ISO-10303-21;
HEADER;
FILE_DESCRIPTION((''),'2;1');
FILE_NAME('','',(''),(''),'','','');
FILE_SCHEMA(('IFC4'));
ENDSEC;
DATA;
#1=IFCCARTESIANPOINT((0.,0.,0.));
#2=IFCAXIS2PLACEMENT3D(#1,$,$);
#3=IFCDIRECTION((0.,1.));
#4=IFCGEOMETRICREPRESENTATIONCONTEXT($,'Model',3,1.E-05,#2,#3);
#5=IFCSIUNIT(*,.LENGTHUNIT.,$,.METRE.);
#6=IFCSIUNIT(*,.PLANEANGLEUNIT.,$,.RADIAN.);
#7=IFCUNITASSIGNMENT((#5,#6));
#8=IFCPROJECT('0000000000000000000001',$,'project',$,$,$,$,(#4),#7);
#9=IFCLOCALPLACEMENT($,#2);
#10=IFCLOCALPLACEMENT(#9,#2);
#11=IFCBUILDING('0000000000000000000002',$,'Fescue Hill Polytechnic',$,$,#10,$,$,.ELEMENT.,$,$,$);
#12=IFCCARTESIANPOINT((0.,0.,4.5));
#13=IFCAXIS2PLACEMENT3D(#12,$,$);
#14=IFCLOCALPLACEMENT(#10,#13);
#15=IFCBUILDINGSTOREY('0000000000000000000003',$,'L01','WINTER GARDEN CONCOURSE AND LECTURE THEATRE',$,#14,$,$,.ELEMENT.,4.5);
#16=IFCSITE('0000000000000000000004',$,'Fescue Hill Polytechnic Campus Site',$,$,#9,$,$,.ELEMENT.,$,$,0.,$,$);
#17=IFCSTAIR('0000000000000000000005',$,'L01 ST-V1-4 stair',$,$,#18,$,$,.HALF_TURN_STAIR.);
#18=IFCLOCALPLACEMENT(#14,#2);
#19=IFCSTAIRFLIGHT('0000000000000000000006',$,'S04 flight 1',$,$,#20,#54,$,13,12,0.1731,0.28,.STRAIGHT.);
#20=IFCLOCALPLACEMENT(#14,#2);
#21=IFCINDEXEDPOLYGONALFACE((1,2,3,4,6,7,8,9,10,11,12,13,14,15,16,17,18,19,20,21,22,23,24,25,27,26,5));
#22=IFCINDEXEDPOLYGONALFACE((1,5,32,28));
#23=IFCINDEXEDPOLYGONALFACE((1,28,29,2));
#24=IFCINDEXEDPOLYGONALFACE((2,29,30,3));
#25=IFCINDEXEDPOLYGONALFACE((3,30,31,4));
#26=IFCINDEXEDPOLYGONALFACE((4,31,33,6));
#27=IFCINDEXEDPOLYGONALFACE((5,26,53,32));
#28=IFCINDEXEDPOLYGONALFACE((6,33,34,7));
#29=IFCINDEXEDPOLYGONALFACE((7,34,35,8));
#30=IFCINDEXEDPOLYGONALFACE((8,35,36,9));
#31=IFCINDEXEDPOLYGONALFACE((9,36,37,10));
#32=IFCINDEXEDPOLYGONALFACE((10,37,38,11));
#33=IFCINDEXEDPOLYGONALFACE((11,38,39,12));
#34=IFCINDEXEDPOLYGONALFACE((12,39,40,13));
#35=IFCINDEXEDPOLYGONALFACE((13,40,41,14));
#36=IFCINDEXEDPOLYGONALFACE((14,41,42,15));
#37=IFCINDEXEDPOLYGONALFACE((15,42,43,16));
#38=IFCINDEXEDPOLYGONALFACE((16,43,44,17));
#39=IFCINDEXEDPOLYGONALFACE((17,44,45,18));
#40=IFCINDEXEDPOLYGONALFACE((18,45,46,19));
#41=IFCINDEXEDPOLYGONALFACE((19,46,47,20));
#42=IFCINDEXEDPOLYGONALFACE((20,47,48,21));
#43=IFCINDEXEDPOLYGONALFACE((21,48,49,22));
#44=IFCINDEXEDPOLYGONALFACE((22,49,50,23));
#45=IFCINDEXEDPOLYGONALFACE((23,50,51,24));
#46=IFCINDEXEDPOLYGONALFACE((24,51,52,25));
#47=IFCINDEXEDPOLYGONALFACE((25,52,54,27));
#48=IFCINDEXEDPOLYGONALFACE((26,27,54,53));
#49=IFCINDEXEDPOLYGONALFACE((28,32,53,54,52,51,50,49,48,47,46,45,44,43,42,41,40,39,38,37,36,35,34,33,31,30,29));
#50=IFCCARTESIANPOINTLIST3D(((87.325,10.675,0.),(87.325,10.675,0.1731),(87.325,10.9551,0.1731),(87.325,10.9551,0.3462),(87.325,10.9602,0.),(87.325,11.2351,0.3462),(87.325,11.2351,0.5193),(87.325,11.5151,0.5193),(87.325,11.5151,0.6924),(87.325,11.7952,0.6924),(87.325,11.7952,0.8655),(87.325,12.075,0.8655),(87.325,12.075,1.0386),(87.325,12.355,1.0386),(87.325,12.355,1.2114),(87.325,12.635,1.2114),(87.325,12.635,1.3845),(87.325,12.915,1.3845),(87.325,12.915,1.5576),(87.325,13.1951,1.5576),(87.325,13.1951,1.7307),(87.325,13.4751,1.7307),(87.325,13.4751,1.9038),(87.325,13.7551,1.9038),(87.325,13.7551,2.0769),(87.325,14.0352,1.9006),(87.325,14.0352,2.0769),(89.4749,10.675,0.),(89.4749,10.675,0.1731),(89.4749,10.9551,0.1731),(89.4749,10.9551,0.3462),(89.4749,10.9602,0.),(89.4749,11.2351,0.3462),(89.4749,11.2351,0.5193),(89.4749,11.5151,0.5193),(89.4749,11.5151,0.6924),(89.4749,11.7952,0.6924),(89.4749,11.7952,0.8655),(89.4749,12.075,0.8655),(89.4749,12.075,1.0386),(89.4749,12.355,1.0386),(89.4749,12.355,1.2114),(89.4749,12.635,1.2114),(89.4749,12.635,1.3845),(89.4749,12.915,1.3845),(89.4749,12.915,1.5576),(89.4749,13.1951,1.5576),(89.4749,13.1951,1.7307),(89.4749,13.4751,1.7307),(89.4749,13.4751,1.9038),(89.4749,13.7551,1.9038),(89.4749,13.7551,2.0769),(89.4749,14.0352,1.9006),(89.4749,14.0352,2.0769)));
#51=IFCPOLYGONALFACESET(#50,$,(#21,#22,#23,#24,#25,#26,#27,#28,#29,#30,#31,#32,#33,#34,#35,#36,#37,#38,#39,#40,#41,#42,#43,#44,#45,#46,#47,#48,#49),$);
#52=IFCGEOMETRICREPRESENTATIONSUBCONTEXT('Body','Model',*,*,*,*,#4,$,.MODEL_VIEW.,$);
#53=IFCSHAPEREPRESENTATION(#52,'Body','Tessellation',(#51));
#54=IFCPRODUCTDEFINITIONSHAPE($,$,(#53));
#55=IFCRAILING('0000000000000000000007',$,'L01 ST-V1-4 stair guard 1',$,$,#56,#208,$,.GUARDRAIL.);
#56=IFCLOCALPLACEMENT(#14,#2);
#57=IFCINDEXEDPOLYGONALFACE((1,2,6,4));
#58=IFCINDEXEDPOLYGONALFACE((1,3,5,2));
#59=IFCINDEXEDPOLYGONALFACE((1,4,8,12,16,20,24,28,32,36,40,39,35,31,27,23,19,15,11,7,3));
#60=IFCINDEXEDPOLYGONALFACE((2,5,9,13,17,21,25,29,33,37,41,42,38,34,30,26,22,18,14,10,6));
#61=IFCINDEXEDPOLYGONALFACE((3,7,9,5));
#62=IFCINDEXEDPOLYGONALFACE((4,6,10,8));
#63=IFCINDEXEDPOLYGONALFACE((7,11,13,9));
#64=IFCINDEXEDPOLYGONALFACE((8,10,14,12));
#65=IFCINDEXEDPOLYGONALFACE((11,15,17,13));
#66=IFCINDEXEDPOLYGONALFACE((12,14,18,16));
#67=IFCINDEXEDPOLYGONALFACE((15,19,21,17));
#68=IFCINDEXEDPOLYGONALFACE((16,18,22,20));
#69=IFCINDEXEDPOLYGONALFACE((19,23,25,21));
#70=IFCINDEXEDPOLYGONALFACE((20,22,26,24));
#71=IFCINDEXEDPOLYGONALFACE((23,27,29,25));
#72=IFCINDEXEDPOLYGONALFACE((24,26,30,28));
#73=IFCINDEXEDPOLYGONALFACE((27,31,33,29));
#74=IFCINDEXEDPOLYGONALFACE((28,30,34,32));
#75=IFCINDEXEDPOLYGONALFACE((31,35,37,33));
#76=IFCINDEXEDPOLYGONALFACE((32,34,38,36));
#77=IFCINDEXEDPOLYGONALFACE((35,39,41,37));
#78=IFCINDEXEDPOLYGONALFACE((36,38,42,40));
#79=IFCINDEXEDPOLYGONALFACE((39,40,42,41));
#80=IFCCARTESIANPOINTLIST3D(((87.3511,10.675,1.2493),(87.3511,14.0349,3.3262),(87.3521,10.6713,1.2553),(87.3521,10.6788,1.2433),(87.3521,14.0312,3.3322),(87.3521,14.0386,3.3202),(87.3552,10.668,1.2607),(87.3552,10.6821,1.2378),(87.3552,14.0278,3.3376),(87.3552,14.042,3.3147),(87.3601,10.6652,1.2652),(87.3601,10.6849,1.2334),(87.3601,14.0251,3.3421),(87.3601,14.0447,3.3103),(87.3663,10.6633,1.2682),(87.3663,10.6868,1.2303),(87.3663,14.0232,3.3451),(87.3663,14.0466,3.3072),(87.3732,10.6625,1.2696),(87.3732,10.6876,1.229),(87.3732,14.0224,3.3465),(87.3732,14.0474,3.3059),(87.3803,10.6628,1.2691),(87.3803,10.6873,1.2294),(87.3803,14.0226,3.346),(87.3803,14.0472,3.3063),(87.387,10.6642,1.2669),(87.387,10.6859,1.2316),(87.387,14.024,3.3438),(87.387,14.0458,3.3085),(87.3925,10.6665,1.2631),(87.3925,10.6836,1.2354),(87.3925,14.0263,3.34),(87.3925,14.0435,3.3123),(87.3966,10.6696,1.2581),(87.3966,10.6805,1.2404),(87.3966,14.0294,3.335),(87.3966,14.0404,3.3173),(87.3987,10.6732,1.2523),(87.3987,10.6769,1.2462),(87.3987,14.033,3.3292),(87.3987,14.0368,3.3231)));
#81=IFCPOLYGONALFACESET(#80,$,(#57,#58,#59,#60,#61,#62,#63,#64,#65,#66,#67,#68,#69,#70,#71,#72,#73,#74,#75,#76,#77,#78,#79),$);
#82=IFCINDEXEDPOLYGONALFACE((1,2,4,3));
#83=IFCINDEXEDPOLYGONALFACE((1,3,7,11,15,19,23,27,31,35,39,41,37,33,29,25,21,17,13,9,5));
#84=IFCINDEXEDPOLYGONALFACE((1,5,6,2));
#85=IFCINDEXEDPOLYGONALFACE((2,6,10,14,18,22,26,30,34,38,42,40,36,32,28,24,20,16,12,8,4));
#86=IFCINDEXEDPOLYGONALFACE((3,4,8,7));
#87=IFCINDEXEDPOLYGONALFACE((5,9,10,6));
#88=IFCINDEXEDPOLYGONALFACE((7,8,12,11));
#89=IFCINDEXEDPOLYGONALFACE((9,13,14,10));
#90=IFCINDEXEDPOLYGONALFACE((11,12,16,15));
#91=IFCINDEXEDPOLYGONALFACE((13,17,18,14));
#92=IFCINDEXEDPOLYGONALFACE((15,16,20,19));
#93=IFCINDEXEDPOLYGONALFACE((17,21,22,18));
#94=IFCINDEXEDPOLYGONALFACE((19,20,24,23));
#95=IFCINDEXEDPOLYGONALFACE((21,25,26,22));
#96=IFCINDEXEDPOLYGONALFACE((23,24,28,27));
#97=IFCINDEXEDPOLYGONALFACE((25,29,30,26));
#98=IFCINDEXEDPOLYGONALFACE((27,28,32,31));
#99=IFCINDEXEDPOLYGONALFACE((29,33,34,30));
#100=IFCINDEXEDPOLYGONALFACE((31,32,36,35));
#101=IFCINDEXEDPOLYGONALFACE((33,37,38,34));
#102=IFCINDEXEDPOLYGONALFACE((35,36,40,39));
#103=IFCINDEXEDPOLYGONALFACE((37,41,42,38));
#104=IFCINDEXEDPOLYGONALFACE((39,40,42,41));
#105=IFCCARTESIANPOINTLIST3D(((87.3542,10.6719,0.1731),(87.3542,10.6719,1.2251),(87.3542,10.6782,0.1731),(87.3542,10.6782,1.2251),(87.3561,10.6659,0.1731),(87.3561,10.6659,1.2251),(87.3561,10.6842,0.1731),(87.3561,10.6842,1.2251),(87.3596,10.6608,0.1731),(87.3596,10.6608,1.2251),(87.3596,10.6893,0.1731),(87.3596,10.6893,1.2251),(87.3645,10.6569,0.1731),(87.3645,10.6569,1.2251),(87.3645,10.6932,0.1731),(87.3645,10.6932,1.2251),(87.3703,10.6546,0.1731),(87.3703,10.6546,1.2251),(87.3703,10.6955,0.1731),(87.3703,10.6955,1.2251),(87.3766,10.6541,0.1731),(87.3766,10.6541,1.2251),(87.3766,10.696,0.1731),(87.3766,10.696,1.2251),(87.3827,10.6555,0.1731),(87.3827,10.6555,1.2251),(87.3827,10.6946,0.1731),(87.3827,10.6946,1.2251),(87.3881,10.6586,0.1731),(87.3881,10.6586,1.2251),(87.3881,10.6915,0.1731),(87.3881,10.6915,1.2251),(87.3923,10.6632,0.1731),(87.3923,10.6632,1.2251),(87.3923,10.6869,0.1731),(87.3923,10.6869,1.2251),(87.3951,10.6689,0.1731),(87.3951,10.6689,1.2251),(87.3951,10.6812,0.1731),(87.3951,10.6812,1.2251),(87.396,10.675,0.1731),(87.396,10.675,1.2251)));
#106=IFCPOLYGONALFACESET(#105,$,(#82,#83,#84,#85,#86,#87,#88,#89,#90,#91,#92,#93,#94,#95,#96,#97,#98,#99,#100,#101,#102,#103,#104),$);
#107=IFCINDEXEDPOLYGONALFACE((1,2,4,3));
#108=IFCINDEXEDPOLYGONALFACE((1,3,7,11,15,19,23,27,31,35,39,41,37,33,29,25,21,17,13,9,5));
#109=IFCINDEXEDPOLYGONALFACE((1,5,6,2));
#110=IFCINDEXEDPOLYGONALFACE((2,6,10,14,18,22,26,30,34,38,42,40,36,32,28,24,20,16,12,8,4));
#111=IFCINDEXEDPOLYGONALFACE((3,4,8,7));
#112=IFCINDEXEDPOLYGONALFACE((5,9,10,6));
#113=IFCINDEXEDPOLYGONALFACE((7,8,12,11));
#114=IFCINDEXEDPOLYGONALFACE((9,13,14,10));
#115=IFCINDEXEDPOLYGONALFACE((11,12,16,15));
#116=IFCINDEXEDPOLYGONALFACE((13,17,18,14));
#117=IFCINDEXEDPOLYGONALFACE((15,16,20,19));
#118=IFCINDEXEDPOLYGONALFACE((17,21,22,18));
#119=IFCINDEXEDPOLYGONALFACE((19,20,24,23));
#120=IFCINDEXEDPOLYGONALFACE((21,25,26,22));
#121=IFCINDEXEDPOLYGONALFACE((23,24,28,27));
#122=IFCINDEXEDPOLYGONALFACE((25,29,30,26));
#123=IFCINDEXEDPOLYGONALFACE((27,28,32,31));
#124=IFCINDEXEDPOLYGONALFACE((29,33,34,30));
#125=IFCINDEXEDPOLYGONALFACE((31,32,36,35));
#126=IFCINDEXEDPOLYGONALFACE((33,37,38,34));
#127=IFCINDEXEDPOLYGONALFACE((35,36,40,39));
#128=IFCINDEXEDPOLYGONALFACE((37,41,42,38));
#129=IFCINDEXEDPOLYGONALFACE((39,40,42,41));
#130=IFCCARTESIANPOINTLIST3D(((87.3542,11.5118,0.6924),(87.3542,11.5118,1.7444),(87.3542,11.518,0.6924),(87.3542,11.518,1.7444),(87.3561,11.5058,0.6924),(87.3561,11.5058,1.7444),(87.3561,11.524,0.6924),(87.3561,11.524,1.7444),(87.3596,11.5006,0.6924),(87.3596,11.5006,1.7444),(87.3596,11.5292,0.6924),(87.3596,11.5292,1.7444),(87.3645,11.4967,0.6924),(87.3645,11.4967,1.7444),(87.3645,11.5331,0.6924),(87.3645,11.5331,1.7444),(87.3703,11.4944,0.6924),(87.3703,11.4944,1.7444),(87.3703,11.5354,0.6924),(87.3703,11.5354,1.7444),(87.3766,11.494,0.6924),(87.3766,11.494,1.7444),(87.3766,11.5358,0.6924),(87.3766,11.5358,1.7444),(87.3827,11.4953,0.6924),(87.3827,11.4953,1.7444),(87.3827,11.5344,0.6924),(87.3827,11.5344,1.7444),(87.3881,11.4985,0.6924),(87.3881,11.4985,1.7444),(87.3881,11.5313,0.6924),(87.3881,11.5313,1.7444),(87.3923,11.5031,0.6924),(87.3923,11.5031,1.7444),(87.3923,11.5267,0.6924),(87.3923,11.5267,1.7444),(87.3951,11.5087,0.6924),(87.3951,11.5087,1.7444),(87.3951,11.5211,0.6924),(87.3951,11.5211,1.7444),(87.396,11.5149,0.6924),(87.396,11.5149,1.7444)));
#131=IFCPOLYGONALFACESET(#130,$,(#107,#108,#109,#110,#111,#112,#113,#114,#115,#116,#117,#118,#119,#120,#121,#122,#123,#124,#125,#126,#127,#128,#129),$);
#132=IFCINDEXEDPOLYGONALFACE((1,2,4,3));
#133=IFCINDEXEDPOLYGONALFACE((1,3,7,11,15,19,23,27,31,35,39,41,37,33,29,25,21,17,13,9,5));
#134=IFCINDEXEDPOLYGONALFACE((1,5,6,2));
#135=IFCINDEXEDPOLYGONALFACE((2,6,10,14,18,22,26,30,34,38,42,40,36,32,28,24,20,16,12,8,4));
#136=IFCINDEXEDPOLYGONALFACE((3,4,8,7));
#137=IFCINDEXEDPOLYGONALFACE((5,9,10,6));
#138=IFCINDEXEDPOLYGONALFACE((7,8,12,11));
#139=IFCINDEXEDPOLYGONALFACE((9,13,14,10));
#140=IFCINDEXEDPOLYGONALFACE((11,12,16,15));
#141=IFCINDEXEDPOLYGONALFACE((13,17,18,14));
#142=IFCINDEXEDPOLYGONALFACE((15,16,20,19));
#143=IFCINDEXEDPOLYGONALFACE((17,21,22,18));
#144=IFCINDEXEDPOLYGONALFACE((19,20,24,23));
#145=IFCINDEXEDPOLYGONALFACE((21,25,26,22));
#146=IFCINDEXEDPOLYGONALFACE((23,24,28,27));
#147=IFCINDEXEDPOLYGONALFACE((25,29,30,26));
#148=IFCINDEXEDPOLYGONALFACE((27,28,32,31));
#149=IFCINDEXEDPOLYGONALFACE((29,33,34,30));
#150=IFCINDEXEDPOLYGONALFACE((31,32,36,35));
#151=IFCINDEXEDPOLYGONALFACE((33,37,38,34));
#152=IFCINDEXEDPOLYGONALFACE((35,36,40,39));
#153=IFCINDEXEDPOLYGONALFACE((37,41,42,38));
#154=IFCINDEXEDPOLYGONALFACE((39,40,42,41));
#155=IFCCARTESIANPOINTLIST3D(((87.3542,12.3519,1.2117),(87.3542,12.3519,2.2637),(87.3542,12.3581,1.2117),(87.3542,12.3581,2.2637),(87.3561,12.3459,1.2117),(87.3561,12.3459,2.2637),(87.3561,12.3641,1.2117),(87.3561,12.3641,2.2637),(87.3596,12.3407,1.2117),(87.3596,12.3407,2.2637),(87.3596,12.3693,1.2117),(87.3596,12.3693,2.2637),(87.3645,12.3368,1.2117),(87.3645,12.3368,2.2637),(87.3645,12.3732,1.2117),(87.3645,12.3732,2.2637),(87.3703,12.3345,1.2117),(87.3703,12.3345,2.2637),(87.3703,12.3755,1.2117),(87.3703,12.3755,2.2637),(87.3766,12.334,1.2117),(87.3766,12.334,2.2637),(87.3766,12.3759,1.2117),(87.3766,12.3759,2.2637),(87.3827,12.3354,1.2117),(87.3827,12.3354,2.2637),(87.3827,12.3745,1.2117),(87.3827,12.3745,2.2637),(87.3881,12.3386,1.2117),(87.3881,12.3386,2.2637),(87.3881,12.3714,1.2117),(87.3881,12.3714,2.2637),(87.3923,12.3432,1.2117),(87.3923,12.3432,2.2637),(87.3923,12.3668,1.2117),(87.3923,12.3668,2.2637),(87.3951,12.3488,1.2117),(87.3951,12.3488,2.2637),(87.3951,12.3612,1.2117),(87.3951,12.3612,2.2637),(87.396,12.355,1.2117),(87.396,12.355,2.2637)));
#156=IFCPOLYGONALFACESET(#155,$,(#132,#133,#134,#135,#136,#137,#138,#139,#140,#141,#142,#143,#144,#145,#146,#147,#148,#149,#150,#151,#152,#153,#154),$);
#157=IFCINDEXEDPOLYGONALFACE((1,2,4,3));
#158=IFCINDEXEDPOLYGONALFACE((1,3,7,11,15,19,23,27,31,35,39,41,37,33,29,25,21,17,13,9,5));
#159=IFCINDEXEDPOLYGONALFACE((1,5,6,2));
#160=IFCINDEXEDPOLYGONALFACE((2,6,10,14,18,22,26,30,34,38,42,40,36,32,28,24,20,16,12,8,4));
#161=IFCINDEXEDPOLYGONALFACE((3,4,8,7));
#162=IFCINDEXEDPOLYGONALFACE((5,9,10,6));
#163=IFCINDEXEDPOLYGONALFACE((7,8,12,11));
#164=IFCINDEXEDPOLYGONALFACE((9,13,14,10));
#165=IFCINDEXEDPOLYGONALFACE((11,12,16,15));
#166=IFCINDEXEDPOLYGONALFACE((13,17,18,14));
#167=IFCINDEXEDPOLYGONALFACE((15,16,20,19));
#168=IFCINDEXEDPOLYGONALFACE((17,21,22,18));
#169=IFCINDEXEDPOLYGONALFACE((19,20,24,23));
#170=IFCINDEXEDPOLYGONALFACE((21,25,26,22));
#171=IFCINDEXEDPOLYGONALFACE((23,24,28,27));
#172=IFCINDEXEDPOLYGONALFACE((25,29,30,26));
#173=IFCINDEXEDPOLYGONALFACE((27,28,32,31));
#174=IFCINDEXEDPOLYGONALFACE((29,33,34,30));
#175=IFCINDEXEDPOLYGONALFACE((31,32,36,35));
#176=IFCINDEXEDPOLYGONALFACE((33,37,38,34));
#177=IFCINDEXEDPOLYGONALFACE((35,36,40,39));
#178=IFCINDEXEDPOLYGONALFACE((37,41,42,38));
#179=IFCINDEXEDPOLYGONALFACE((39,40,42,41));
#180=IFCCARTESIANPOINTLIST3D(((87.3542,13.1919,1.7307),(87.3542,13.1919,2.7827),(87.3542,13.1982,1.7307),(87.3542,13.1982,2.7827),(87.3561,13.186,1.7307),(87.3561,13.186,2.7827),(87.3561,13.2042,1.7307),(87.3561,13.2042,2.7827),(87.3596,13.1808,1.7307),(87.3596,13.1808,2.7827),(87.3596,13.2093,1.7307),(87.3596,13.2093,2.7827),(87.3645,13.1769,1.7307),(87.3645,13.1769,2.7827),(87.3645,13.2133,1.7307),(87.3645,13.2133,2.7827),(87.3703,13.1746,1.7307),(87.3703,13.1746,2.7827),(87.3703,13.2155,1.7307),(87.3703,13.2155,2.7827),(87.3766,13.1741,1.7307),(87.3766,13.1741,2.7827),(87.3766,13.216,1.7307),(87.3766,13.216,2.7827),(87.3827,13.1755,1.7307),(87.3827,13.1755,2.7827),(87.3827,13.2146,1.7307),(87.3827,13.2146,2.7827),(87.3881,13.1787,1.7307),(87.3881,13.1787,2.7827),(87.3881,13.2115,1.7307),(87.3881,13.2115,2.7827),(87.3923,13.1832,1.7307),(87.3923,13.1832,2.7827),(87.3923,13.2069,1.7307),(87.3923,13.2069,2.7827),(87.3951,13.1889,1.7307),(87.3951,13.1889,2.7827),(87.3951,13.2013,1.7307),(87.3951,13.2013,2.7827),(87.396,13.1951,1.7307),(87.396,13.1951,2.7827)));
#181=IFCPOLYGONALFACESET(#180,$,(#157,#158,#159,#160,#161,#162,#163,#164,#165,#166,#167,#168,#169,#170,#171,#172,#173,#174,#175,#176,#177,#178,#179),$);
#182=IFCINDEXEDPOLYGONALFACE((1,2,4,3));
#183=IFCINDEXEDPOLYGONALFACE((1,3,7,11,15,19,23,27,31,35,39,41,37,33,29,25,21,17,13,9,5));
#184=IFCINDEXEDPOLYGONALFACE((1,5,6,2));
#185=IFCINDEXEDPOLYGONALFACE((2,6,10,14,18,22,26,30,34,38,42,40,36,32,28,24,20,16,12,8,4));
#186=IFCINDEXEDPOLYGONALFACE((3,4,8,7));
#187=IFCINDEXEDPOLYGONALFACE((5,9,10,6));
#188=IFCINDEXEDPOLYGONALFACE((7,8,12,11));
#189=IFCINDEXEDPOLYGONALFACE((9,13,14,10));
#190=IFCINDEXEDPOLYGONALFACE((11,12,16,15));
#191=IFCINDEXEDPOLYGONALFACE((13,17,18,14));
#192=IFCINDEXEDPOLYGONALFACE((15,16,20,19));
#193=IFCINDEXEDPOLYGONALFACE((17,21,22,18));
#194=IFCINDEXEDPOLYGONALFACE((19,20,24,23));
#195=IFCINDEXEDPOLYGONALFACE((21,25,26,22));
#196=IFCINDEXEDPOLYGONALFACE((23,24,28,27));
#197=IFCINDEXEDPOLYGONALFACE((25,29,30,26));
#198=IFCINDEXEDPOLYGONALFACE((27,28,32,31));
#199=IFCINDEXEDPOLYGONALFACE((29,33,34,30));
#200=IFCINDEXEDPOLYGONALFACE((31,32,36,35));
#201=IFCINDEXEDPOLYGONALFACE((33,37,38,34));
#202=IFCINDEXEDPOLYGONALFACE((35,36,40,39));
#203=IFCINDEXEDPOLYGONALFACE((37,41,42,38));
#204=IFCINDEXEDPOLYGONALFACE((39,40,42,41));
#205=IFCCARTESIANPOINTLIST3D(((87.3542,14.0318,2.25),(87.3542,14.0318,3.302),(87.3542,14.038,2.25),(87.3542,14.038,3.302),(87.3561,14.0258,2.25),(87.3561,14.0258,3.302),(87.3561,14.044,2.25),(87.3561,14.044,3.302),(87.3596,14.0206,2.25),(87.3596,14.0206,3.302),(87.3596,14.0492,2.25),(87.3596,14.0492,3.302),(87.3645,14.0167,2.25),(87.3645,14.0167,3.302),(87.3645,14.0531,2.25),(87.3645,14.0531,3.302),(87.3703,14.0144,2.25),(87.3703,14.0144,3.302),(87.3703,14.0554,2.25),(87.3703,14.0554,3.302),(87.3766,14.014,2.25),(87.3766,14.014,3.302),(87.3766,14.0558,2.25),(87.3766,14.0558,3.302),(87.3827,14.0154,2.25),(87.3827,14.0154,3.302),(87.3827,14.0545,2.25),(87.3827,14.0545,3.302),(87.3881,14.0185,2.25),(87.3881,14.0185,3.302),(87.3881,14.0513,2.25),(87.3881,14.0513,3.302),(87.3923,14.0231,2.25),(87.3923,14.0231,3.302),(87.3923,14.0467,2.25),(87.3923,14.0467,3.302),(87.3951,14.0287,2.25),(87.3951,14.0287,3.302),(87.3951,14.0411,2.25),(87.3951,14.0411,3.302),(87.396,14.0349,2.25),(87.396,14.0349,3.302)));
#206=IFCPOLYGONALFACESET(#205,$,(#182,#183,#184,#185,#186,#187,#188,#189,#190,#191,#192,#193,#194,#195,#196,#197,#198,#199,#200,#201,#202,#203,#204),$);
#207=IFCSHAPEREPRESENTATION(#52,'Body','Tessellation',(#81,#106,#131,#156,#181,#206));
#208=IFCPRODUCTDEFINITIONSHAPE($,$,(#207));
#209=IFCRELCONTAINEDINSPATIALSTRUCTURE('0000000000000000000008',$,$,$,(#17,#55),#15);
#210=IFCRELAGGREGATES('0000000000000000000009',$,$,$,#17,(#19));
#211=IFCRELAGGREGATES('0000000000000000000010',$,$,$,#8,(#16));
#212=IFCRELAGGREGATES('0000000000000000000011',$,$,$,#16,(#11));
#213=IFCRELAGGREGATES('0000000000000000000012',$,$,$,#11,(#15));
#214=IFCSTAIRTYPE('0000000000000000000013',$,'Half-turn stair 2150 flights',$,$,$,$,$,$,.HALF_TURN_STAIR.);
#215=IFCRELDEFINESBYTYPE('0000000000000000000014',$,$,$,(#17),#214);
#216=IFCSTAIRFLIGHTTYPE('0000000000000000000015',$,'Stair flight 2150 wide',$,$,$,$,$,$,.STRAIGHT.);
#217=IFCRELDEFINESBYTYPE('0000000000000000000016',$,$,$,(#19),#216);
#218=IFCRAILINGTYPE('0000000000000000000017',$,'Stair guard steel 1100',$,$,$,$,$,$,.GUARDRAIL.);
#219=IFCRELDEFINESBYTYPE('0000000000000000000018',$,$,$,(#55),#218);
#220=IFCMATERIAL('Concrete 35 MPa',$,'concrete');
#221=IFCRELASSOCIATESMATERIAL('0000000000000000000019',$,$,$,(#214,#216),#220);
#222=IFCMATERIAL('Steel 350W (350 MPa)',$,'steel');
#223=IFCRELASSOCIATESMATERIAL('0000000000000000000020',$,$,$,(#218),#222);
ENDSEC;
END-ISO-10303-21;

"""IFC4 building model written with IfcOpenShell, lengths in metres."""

from ifc_helpers import new_model, si_unit, direction, frame, origin, origin_2d, place, context, subcontext, project, spatial, polyline, circle, outline, extrude, material, type_object, element, aggregate, save


model = new_model("IFC4")

# Units and contexts
model_context = context("Model", 3, precision=1e-05, world=origin(), true_north=direction((0.0, 1.0)))
body_context = subcontext(model_context, "Body", "Model", "MODEL_VIEW")
ifc_project = project(units=[si_unit("LENGTHUNIT", "METRE"), si_unit("PLANEANGLEUNIT", "RADIAN")], contexts=[model_context])

# Site, building, storey
site_placement = place(None, origin())
site = spatial("IfcSite", under=ifc_project, at=site_placement, Name="Fescue Hill Polytechnic Campus Site", CompositionType="ELEMENT", RefElevation=0.0)
building_placement = place(site_placement, origin())
building = spatial("IfcBuilding", under=site, at=building_placement, Name="Fescue Hill Polytechnic", CompositionType="ELEMENT")
storey_placement = place(building_placement, frame((0.0, 0.0, 4.5)))
storey = spatial("IfcBuildingStorey", under=building, at=storey_placement, Name="L01", Description="WINTER GARDEN CONCOURSE AND LECTURE THEATRE", CompositionType="ELEMENT", Elevation=4.5)

# Shared definitions
ifc_material_1 = material(Name="Concrete 35 MPa", Category="concrete")

# Stair, stair flight
stair_type = type_object("IfcStairType", Name="Half-turn stair 2150 flights", PredefinedType="HALF_TURN_STAIR", material=ifc_material_1)
stair_placement = place(storey_placement, origin())
stair = element("IfcStair", 1, at=stair_placement, inside=storey, type_object=stair_type, Name="L01 ST-V1-4 stair", PredefinedType="HALF_TURN_STAIR")
stair_flight_type = type_object("IfcStairFlightType", Name="Stair flight 2150 wide", PredefinedType="STRAIGHT", material=ifc_material_1)
stair_flight_placement = place(storey_placement, frame((88.3999, 10.675, 0.0), z_axis=(0.0, 0.0, 1.0), x_axis=(0.0, 1.0, 0.0)))
stair_flight = element("IfcStairFlight", 2, at=stair_flight_placement, type_object=stair_flight_type, Name="S04 flight 1", NumberOfRisers=13, NumberOfTreads=12, PredefinedType="STRAIGHT", RiserHeight=0.1731, TreadLength=0.28, context=body_context, shape_type="SweptSolid", body=[
    extrude(outline(polyline([(0.0, 0.0), (0.0, 0.1731), (0.28, 0.1731), (0.28, 0.3462), (0.5601, 0.3462), (0.5601, 0.5193), (0.8401, 0.5193), (0.8401, 0.6924), (1.1201, 0.6924), (1.1201, 0.8655), (1.3999, 0.8655), (1.3999, 1.0386), (1.6799, 1.0386), (1.6799, 1.2114), (1.96, 1.2114), (1.96, 1.3845), (2.24, 1.3845), (2.24, 1.5576), (2.52, 1.5576), (2.52, 1.7307), (2.8, 1.7307), (2.8, 1.9038), (3.0801, 1.9038), (3.0801, 2.0769), (3.3601, 2.0769), (3.3601, 2.25), (3.3601, 1.9006), (0.2852, 0.0), (0.0, 0.0)])), frame((0.0, 1.075, 0.0), z_axis=(0.0, -1.0, 0.0), x_axis=(1.0, 0.0, 0.0)), (0.0, 0.0, 1.0), 2.1499),
])
aggregate(stair, [stair_flight])

# Railing
ifc_material_2 = material(Name="Steel 350W (350 MPa)", Category="steel")
railing_type_1 = type_object("IfcRailingType", Name="Stair guard steel 1100", PredefinedType="GUARDRAIL", material=ifc_material_2)
railing_placement = place(storey_placement, frame((87.375, 10.675, 0.1731)))
element("IfcRailing", 3, at=railing_placement, inside=storey, type_object=railing_type_1, Name="L01 ST-V1-4 stair guard 1", PredefinedType="GUARDRAIL", context=body_context, shape_type="SweptSolid", body=[
    extrude(circle(Radius=0.0239, at=origin_2d()), frame((0.0, 0.0, 1.0762), z_axis=(0.0, 0.850606, 0.525803), x_axis=(-1.0, 0.0, 0.0)), (0.0, 0.0, 1.0), 3.95),
    extrude(circle(Radius=0.021, at=origin_2d()), origin(), (0.0, 0.0, 1.0), 1.052),
    extrude(circle(Radius=0.021, at=origin_2d()), frame((0.0, 0.8398, 0.5193)), (0.0, 0.0, 1.0), 1.052),
    extrude(circle(Radius=0.021, at=origin_2d()), frame((0.0, 1.6799, 1.0386)), (0.0, 0.0, 1.0), 1.052),
    extrude(circle(Radius=0.021, at=origin_2d()), frame((0.0, 2.52, 1.5576)), (0.0, 0.0, 1.0), 1.052),
    extrude(circle(Radius=0.021, at=origin_2d()), frame((0.0, 3.3599, 2.0769)), (0.0, 0.0, 1.0), 1.052),
])

save(model, "model.ifc")
